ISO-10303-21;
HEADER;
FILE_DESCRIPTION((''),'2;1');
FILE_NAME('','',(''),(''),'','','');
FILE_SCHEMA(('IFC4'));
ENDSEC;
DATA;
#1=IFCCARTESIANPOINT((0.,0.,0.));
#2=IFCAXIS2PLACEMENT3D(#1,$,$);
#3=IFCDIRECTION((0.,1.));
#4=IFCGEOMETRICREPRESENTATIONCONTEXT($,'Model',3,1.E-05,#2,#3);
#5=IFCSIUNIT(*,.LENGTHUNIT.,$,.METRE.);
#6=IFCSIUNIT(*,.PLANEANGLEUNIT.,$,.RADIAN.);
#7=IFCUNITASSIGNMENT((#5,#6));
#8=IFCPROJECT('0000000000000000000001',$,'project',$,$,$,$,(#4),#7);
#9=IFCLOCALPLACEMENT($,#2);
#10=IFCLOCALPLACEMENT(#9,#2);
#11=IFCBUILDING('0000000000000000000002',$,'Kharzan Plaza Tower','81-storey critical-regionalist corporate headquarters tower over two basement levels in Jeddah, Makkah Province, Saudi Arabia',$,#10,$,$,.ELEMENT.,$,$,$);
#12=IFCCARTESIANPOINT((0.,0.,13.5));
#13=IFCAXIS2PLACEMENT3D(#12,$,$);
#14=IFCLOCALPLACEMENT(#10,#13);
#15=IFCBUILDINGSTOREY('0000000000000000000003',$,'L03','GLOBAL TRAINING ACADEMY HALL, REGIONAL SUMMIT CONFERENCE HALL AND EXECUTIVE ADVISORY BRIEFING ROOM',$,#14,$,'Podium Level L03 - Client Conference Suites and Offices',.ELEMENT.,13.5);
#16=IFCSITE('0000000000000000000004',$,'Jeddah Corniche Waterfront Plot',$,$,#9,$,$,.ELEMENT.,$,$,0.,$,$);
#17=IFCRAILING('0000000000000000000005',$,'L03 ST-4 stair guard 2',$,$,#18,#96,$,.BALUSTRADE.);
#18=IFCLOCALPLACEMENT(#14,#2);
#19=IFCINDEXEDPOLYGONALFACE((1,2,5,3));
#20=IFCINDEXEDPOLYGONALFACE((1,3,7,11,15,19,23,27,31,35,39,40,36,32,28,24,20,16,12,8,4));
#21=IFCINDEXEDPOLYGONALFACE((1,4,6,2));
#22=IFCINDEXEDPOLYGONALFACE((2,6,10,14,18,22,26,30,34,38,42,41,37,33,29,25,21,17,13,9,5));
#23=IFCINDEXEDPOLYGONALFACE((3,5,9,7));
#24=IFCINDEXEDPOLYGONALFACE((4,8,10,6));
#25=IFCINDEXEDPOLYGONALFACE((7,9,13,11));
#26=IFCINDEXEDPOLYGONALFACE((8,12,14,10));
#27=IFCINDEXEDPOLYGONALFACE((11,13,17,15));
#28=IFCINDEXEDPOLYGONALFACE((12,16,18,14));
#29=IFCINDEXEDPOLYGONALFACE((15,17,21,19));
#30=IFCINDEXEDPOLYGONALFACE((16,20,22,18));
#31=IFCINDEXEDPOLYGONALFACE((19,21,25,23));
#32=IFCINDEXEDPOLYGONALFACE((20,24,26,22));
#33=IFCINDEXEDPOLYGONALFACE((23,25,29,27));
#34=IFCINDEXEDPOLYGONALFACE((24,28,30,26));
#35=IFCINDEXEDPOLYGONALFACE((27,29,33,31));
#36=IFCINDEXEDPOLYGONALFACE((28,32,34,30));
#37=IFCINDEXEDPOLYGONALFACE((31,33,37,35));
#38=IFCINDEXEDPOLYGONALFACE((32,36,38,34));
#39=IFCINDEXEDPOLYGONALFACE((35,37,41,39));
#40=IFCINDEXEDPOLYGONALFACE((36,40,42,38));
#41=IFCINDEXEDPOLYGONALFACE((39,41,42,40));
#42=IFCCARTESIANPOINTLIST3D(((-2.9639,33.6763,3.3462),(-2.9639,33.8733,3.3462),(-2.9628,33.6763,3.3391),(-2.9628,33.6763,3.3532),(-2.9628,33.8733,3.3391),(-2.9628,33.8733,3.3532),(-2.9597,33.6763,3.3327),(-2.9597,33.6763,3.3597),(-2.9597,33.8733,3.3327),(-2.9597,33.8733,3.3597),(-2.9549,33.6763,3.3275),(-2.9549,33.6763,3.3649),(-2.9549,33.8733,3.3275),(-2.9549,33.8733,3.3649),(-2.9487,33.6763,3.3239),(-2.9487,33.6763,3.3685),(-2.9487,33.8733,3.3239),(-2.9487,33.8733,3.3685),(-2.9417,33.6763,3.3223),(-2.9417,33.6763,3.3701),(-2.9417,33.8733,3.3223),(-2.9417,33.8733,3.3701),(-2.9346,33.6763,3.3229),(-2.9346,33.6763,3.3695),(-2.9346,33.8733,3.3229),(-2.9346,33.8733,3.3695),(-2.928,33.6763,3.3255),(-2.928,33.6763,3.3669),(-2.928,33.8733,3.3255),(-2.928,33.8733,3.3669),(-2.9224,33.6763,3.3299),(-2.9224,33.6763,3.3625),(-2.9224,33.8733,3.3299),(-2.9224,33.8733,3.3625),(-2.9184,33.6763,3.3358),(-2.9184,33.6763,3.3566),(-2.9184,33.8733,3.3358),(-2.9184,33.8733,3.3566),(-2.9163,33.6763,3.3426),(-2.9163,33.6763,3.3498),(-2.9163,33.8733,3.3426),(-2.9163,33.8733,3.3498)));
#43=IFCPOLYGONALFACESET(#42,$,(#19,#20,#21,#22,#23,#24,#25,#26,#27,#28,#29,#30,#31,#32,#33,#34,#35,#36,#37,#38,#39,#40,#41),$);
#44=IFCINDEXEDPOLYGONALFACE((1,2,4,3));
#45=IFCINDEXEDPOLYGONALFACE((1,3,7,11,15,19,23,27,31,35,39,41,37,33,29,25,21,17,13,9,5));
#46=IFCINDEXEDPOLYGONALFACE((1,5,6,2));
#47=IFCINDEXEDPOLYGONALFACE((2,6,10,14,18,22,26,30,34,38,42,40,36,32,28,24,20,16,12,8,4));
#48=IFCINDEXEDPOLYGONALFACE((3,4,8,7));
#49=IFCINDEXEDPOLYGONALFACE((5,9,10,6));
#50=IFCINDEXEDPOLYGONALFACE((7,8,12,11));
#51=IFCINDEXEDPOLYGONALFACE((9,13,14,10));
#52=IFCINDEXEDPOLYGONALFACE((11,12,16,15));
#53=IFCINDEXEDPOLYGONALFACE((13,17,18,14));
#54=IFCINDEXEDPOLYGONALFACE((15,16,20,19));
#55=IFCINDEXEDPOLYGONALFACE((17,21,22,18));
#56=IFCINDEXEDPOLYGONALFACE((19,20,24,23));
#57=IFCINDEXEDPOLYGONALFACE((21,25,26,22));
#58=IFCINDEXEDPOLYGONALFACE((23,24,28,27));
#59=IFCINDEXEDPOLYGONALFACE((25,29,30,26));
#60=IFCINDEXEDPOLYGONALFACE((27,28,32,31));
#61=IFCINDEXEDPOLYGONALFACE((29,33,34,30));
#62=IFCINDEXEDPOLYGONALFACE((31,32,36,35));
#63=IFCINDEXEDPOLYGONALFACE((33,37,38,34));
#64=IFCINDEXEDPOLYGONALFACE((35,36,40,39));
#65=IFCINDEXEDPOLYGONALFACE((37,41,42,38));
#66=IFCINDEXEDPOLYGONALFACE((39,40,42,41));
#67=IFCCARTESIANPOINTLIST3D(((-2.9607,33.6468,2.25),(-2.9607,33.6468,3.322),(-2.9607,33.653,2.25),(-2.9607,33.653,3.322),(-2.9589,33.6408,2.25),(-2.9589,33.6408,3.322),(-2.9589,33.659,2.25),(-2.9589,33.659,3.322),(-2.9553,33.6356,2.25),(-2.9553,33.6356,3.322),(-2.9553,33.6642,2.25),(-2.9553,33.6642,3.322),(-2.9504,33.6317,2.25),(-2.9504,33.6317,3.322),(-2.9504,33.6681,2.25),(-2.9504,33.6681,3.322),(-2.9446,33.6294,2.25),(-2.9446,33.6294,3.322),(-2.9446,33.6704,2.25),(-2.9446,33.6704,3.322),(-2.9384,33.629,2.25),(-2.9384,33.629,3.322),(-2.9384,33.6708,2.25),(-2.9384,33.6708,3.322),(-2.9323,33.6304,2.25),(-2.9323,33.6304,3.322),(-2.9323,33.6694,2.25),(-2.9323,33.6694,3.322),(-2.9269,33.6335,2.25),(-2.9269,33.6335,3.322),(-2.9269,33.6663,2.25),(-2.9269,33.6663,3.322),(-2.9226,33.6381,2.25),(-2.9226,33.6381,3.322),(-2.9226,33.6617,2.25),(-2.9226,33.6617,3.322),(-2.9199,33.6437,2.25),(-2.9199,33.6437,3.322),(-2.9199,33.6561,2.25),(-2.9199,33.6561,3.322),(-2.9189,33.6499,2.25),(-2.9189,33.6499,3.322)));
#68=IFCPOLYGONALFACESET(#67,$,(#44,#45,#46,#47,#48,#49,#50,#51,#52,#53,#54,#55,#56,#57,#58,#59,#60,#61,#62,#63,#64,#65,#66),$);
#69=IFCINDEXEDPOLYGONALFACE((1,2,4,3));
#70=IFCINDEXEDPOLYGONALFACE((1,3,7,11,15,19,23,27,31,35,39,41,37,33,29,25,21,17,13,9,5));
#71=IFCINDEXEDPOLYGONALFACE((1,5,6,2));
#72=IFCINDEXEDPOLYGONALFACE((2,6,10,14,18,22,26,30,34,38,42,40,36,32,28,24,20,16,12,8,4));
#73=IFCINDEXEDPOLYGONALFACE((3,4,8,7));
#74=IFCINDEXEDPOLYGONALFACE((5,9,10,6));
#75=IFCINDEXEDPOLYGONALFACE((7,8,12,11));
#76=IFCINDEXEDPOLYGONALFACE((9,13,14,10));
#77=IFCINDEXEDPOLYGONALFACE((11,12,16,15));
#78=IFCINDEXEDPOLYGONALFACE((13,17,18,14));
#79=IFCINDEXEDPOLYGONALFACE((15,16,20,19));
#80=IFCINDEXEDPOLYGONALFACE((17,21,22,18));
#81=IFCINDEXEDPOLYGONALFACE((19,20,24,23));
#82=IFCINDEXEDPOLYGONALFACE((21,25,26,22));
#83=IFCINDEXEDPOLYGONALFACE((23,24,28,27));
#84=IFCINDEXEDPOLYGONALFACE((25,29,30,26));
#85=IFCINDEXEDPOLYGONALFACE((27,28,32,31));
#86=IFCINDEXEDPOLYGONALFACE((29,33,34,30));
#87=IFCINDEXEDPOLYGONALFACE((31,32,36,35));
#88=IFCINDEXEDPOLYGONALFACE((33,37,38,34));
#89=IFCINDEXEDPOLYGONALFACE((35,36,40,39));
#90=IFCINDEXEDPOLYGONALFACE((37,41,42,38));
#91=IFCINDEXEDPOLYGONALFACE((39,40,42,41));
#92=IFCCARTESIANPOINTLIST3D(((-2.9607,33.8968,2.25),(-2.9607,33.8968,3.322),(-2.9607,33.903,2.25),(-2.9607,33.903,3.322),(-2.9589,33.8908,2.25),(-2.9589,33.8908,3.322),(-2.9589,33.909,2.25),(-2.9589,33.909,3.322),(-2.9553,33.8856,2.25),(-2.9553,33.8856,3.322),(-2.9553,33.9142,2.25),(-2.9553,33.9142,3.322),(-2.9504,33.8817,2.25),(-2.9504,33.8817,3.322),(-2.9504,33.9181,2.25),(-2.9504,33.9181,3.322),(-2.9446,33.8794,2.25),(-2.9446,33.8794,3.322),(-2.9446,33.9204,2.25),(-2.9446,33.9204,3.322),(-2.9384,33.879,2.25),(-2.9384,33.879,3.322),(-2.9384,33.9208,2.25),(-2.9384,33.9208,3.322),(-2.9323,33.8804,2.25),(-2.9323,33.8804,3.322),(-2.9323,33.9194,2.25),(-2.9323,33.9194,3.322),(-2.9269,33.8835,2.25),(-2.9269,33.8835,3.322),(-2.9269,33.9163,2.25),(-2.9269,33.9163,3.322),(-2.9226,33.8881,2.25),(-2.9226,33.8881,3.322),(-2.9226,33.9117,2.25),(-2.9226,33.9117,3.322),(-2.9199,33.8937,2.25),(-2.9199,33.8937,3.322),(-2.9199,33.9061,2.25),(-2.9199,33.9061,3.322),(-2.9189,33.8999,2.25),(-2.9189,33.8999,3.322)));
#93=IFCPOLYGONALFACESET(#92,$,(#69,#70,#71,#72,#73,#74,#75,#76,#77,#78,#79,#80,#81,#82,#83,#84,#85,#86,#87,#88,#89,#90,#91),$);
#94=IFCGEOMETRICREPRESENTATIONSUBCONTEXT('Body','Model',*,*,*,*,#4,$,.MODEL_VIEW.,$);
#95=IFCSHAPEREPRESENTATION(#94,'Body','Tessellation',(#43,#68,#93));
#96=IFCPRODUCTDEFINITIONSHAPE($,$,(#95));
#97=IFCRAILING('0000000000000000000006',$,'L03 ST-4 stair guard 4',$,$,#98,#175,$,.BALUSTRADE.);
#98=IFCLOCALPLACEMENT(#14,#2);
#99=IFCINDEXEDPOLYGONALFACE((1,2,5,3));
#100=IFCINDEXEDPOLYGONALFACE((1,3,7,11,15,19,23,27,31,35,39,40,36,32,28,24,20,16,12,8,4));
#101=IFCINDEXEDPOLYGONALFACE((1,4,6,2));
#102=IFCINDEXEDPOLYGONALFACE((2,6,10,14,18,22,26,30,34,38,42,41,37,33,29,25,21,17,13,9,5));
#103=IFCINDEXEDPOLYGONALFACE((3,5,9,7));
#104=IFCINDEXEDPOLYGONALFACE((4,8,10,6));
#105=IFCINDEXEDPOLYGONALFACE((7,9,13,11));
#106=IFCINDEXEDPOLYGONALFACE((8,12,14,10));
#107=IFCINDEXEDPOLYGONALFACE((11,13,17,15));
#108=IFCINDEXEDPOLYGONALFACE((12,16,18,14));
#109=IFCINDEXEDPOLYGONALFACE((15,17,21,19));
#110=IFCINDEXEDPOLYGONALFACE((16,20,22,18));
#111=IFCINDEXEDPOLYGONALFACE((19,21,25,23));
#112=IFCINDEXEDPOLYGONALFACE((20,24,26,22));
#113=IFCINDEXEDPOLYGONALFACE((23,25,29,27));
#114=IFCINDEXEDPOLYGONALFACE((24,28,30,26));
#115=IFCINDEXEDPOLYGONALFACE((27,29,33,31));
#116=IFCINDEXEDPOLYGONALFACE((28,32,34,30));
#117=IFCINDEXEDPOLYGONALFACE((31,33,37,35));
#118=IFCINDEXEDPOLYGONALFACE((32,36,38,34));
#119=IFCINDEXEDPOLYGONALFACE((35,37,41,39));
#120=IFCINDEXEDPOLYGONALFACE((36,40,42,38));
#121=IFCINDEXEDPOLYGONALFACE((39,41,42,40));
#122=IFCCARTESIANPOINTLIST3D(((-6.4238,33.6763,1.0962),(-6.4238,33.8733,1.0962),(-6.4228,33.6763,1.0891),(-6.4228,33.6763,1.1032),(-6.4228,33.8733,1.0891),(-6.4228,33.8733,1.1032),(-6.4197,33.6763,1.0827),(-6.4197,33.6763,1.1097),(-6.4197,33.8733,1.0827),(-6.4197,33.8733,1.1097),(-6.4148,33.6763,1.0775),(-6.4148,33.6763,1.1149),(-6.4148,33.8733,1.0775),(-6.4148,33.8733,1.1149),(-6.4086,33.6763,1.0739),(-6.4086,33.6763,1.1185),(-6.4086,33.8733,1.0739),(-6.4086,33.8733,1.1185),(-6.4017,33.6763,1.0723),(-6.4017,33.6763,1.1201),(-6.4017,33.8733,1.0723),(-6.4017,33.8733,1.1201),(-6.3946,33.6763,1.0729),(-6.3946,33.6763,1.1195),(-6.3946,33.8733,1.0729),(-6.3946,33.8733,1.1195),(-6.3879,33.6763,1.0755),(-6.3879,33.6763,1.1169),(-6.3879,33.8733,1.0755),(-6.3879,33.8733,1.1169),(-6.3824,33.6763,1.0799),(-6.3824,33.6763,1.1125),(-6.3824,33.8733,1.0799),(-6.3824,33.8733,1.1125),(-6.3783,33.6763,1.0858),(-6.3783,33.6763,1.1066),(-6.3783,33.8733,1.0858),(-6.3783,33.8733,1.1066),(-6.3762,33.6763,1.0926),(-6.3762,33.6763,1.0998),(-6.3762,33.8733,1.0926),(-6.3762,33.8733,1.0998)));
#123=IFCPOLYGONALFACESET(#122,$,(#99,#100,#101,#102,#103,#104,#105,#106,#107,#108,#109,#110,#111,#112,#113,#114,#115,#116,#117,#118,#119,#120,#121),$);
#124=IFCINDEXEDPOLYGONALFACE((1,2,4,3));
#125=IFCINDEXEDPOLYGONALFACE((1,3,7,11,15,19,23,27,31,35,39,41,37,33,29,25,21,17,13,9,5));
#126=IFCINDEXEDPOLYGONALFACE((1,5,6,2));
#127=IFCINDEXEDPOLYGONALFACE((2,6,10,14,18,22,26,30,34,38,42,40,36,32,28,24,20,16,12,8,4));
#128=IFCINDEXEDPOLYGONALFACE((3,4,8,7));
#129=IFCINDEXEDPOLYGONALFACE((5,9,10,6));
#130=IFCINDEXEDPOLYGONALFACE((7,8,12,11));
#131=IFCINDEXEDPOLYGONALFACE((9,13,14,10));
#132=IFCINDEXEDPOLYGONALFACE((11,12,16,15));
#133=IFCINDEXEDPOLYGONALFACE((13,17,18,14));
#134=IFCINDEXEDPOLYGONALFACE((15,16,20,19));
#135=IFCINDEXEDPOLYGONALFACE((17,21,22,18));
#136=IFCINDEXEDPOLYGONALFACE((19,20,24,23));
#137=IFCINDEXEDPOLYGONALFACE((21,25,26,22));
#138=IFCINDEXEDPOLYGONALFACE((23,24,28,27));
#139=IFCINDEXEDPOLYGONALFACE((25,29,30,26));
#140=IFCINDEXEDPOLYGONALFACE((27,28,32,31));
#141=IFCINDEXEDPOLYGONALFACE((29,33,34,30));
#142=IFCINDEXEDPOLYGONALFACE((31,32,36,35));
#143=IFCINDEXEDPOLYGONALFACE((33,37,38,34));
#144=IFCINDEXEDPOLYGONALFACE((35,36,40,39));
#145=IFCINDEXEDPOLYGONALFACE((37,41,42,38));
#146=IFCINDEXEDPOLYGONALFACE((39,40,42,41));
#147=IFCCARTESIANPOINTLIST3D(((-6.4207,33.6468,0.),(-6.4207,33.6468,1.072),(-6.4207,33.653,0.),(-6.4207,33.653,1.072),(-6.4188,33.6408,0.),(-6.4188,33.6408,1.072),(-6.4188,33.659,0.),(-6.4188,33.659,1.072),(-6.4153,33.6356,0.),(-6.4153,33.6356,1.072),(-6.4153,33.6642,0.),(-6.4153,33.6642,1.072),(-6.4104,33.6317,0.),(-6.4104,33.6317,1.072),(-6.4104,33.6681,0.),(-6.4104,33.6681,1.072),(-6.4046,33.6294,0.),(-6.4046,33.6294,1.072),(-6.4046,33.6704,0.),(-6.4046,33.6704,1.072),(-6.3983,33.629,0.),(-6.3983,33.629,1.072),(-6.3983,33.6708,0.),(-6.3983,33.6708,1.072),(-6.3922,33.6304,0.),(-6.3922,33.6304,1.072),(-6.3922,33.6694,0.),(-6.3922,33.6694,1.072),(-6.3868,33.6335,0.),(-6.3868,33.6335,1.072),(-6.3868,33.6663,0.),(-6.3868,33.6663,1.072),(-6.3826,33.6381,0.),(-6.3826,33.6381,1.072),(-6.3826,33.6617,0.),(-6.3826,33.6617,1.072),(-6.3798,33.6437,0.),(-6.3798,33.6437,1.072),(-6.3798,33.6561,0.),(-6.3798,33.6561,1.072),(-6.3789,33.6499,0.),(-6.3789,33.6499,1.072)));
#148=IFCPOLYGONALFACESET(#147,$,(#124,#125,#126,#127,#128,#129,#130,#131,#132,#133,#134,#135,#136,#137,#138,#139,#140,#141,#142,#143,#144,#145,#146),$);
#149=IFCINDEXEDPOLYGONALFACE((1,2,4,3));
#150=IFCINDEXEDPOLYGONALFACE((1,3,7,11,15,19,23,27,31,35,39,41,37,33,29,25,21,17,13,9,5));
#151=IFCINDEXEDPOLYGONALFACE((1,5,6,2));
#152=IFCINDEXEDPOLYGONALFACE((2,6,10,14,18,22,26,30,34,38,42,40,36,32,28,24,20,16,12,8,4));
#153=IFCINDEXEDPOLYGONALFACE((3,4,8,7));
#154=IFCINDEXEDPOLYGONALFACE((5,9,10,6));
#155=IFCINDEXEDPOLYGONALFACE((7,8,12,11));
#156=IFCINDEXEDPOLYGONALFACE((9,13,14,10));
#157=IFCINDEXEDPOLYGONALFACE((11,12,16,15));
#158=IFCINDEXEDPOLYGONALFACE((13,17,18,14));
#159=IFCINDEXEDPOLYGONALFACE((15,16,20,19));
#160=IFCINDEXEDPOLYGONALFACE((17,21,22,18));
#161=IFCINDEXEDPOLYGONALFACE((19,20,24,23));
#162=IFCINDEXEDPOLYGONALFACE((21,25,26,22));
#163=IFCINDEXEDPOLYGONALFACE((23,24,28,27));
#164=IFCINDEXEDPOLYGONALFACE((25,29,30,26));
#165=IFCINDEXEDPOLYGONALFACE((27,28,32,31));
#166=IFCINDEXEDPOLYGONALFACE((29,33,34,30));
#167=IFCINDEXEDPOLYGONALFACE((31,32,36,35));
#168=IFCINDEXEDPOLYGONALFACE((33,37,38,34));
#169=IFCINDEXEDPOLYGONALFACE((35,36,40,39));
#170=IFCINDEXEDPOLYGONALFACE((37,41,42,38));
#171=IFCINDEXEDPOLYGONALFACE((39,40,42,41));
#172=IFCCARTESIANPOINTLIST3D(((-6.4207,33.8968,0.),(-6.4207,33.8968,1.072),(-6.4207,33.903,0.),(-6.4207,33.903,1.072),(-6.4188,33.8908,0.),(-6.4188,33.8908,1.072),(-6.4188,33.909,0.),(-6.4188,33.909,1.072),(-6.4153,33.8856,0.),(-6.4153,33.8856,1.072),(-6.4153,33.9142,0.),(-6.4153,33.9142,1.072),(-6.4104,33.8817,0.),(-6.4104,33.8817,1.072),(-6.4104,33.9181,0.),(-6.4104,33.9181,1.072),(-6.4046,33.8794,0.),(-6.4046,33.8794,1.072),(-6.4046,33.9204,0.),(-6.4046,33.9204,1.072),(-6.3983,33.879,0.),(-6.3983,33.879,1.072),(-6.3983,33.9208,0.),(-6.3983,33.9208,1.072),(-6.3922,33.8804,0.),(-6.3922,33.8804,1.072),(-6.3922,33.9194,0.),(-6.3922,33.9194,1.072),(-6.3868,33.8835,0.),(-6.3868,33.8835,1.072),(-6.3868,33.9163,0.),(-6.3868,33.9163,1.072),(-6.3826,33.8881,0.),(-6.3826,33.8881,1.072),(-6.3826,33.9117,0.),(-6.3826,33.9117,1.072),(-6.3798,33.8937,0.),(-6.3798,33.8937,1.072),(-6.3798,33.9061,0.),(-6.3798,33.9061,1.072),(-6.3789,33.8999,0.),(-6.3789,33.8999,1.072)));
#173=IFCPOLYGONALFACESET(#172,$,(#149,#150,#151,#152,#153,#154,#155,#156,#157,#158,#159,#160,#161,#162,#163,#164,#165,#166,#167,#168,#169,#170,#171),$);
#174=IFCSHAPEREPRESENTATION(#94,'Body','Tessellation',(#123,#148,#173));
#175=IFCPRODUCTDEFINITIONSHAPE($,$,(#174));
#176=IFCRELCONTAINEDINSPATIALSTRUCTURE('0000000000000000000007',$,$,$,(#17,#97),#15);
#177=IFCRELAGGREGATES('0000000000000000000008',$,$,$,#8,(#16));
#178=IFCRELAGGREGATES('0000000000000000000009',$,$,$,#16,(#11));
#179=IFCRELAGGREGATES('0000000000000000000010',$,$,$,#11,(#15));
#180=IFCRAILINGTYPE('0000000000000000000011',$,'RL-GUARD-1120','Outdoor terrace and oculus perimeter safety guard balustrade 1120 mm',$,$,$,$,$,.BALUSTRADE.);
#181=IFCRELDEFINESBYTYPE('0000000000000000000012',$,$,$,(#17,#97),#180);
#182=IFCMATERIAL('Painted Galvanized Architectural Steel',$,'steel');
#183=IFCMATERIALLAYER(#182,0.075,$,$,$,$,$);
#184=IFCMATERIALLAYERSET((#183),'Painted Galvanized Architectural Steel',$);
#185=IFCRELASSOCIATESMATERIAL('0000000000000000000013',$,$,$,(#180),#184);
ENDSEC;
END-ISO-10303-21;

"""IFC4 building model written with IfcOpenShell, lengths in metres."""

from ifc_helpers import new_model, si_unit, direction, frame, origin, origin_2d, place, context, subcontext, project, spatial, circle, extrude, source, transform, mapped, material, layer, layer_set, type_object, element, save


model = new_model("IFC4")

# Units and contexts
model_context = context("Model", 3, precision=1e-05, world=origin(), true_north=direction((0.0, 1.0)))
body_context = subcontext(model_context, "Body", "Model", "MODEL_VIEW")
ifc_project = project(units=[si_unit("LENGTHUNIT", "METRE"), si_unit("PLANEANGLEUNIT", "RADIAN")], contexts=[model_context])

# Site, building, storey
site_placement = place(None, origin())
site = spatial("IfcSite", under=ifc_project, at=site_placement, Name="Jeddah Corniche Waterfront Plot", CompositionType="ELEMENT", RefElevation=0.0)
building_placement = place(site_placement, origin())
building = spatial("IfcBuilding", under=site, at=building_placement, Name="Kharzan Plaza Tower", Description="81-storey critical-regionalist corporate headquarters tower over two basement levels in Jeddah, Makkah Province, Saudi Arabia", CompositionType="ELEMENT")
storey_placement = place(building_placement, frame((0.0, 0.0, 13.5)))
storey = spatial("IfcBuildingStorey", under=building, at=storey_placement, Name="L03", Description="GLOBAL TRAINING ACADEMY HALL, REGIONAL SUMMIT CONFERENCE HALL AND EXECUTIVE ADVISORY BRIEFING ROOM", LongName="Podium Level L03 - Client Conference Suites and Offices", CompositionType="ELEMENT", Elevation=13.5)

# Railings
ifc_material_1 = material(Name="Painted Galvanized Architectural Steel", Category="steel")
ifc_layer_1 = layer(ifc_material_1, 0.075)
ifc_layer_set_1 = layer_set([ifc_layer_1], Name="Painted Galvanized Architectural Steel")
railing_type_1 = type_object("IfcRailingType", Name="RL-GUARD-1120", Description="Outdoor terrace and oculus perimeter safety guard balustrade 1120 mm", PredefinedType="BALUSTRADE", material=ifc_layer_set_1)
shared_shape_1 = source(origin(), body_context, "Body", "SweptSolid", [
    extrude(circle(Radius=0.0239, at=origin_2d()), frame((0.0, 0.0264, 1.0962), z_axis=(0.0, 1.0, 0.0), x_axis=(-1.0, 0.0, 0.0)), (0.0, 0.0, 1.0), 0.197),
    extrude(circle(Radius=0.021, at=origin_2d()), origin(), (0.0, 0.0, 1.0), 1.072),
    extrude(circle(Radius=0.021, at=origin_2d()), frame((0.0, 0.25, 0.0)), (0.0, 0.0, 1.0), 1.072),
])
for number, where, name in (
    (1, (-2.9399, 33.6499, 2.25), "L03 ST-4 stair guard 2"),
    (2, (-6.3999, 33.6499, 0.0), "L03 ST-4 stair guard 4"),
):
    element("IfcRailing", number, at=place(storey_placement, frame(where)), inside=storey, type_object=railing_type_1, Name=name, PredefinedType="BALUSTRADE", context=body_context, shape_type="MappedRepresentation", body=[
        mapped(shared_shape_1, transform((0.0, 0.0, 0.0), x_axis=(1.0, 0.0, 0.0), y_axis=(0.0, 1.0, 0.0), z_axis=(0.0, 0.0, 1.0))),
    ])

save(model, "model.ifc")
